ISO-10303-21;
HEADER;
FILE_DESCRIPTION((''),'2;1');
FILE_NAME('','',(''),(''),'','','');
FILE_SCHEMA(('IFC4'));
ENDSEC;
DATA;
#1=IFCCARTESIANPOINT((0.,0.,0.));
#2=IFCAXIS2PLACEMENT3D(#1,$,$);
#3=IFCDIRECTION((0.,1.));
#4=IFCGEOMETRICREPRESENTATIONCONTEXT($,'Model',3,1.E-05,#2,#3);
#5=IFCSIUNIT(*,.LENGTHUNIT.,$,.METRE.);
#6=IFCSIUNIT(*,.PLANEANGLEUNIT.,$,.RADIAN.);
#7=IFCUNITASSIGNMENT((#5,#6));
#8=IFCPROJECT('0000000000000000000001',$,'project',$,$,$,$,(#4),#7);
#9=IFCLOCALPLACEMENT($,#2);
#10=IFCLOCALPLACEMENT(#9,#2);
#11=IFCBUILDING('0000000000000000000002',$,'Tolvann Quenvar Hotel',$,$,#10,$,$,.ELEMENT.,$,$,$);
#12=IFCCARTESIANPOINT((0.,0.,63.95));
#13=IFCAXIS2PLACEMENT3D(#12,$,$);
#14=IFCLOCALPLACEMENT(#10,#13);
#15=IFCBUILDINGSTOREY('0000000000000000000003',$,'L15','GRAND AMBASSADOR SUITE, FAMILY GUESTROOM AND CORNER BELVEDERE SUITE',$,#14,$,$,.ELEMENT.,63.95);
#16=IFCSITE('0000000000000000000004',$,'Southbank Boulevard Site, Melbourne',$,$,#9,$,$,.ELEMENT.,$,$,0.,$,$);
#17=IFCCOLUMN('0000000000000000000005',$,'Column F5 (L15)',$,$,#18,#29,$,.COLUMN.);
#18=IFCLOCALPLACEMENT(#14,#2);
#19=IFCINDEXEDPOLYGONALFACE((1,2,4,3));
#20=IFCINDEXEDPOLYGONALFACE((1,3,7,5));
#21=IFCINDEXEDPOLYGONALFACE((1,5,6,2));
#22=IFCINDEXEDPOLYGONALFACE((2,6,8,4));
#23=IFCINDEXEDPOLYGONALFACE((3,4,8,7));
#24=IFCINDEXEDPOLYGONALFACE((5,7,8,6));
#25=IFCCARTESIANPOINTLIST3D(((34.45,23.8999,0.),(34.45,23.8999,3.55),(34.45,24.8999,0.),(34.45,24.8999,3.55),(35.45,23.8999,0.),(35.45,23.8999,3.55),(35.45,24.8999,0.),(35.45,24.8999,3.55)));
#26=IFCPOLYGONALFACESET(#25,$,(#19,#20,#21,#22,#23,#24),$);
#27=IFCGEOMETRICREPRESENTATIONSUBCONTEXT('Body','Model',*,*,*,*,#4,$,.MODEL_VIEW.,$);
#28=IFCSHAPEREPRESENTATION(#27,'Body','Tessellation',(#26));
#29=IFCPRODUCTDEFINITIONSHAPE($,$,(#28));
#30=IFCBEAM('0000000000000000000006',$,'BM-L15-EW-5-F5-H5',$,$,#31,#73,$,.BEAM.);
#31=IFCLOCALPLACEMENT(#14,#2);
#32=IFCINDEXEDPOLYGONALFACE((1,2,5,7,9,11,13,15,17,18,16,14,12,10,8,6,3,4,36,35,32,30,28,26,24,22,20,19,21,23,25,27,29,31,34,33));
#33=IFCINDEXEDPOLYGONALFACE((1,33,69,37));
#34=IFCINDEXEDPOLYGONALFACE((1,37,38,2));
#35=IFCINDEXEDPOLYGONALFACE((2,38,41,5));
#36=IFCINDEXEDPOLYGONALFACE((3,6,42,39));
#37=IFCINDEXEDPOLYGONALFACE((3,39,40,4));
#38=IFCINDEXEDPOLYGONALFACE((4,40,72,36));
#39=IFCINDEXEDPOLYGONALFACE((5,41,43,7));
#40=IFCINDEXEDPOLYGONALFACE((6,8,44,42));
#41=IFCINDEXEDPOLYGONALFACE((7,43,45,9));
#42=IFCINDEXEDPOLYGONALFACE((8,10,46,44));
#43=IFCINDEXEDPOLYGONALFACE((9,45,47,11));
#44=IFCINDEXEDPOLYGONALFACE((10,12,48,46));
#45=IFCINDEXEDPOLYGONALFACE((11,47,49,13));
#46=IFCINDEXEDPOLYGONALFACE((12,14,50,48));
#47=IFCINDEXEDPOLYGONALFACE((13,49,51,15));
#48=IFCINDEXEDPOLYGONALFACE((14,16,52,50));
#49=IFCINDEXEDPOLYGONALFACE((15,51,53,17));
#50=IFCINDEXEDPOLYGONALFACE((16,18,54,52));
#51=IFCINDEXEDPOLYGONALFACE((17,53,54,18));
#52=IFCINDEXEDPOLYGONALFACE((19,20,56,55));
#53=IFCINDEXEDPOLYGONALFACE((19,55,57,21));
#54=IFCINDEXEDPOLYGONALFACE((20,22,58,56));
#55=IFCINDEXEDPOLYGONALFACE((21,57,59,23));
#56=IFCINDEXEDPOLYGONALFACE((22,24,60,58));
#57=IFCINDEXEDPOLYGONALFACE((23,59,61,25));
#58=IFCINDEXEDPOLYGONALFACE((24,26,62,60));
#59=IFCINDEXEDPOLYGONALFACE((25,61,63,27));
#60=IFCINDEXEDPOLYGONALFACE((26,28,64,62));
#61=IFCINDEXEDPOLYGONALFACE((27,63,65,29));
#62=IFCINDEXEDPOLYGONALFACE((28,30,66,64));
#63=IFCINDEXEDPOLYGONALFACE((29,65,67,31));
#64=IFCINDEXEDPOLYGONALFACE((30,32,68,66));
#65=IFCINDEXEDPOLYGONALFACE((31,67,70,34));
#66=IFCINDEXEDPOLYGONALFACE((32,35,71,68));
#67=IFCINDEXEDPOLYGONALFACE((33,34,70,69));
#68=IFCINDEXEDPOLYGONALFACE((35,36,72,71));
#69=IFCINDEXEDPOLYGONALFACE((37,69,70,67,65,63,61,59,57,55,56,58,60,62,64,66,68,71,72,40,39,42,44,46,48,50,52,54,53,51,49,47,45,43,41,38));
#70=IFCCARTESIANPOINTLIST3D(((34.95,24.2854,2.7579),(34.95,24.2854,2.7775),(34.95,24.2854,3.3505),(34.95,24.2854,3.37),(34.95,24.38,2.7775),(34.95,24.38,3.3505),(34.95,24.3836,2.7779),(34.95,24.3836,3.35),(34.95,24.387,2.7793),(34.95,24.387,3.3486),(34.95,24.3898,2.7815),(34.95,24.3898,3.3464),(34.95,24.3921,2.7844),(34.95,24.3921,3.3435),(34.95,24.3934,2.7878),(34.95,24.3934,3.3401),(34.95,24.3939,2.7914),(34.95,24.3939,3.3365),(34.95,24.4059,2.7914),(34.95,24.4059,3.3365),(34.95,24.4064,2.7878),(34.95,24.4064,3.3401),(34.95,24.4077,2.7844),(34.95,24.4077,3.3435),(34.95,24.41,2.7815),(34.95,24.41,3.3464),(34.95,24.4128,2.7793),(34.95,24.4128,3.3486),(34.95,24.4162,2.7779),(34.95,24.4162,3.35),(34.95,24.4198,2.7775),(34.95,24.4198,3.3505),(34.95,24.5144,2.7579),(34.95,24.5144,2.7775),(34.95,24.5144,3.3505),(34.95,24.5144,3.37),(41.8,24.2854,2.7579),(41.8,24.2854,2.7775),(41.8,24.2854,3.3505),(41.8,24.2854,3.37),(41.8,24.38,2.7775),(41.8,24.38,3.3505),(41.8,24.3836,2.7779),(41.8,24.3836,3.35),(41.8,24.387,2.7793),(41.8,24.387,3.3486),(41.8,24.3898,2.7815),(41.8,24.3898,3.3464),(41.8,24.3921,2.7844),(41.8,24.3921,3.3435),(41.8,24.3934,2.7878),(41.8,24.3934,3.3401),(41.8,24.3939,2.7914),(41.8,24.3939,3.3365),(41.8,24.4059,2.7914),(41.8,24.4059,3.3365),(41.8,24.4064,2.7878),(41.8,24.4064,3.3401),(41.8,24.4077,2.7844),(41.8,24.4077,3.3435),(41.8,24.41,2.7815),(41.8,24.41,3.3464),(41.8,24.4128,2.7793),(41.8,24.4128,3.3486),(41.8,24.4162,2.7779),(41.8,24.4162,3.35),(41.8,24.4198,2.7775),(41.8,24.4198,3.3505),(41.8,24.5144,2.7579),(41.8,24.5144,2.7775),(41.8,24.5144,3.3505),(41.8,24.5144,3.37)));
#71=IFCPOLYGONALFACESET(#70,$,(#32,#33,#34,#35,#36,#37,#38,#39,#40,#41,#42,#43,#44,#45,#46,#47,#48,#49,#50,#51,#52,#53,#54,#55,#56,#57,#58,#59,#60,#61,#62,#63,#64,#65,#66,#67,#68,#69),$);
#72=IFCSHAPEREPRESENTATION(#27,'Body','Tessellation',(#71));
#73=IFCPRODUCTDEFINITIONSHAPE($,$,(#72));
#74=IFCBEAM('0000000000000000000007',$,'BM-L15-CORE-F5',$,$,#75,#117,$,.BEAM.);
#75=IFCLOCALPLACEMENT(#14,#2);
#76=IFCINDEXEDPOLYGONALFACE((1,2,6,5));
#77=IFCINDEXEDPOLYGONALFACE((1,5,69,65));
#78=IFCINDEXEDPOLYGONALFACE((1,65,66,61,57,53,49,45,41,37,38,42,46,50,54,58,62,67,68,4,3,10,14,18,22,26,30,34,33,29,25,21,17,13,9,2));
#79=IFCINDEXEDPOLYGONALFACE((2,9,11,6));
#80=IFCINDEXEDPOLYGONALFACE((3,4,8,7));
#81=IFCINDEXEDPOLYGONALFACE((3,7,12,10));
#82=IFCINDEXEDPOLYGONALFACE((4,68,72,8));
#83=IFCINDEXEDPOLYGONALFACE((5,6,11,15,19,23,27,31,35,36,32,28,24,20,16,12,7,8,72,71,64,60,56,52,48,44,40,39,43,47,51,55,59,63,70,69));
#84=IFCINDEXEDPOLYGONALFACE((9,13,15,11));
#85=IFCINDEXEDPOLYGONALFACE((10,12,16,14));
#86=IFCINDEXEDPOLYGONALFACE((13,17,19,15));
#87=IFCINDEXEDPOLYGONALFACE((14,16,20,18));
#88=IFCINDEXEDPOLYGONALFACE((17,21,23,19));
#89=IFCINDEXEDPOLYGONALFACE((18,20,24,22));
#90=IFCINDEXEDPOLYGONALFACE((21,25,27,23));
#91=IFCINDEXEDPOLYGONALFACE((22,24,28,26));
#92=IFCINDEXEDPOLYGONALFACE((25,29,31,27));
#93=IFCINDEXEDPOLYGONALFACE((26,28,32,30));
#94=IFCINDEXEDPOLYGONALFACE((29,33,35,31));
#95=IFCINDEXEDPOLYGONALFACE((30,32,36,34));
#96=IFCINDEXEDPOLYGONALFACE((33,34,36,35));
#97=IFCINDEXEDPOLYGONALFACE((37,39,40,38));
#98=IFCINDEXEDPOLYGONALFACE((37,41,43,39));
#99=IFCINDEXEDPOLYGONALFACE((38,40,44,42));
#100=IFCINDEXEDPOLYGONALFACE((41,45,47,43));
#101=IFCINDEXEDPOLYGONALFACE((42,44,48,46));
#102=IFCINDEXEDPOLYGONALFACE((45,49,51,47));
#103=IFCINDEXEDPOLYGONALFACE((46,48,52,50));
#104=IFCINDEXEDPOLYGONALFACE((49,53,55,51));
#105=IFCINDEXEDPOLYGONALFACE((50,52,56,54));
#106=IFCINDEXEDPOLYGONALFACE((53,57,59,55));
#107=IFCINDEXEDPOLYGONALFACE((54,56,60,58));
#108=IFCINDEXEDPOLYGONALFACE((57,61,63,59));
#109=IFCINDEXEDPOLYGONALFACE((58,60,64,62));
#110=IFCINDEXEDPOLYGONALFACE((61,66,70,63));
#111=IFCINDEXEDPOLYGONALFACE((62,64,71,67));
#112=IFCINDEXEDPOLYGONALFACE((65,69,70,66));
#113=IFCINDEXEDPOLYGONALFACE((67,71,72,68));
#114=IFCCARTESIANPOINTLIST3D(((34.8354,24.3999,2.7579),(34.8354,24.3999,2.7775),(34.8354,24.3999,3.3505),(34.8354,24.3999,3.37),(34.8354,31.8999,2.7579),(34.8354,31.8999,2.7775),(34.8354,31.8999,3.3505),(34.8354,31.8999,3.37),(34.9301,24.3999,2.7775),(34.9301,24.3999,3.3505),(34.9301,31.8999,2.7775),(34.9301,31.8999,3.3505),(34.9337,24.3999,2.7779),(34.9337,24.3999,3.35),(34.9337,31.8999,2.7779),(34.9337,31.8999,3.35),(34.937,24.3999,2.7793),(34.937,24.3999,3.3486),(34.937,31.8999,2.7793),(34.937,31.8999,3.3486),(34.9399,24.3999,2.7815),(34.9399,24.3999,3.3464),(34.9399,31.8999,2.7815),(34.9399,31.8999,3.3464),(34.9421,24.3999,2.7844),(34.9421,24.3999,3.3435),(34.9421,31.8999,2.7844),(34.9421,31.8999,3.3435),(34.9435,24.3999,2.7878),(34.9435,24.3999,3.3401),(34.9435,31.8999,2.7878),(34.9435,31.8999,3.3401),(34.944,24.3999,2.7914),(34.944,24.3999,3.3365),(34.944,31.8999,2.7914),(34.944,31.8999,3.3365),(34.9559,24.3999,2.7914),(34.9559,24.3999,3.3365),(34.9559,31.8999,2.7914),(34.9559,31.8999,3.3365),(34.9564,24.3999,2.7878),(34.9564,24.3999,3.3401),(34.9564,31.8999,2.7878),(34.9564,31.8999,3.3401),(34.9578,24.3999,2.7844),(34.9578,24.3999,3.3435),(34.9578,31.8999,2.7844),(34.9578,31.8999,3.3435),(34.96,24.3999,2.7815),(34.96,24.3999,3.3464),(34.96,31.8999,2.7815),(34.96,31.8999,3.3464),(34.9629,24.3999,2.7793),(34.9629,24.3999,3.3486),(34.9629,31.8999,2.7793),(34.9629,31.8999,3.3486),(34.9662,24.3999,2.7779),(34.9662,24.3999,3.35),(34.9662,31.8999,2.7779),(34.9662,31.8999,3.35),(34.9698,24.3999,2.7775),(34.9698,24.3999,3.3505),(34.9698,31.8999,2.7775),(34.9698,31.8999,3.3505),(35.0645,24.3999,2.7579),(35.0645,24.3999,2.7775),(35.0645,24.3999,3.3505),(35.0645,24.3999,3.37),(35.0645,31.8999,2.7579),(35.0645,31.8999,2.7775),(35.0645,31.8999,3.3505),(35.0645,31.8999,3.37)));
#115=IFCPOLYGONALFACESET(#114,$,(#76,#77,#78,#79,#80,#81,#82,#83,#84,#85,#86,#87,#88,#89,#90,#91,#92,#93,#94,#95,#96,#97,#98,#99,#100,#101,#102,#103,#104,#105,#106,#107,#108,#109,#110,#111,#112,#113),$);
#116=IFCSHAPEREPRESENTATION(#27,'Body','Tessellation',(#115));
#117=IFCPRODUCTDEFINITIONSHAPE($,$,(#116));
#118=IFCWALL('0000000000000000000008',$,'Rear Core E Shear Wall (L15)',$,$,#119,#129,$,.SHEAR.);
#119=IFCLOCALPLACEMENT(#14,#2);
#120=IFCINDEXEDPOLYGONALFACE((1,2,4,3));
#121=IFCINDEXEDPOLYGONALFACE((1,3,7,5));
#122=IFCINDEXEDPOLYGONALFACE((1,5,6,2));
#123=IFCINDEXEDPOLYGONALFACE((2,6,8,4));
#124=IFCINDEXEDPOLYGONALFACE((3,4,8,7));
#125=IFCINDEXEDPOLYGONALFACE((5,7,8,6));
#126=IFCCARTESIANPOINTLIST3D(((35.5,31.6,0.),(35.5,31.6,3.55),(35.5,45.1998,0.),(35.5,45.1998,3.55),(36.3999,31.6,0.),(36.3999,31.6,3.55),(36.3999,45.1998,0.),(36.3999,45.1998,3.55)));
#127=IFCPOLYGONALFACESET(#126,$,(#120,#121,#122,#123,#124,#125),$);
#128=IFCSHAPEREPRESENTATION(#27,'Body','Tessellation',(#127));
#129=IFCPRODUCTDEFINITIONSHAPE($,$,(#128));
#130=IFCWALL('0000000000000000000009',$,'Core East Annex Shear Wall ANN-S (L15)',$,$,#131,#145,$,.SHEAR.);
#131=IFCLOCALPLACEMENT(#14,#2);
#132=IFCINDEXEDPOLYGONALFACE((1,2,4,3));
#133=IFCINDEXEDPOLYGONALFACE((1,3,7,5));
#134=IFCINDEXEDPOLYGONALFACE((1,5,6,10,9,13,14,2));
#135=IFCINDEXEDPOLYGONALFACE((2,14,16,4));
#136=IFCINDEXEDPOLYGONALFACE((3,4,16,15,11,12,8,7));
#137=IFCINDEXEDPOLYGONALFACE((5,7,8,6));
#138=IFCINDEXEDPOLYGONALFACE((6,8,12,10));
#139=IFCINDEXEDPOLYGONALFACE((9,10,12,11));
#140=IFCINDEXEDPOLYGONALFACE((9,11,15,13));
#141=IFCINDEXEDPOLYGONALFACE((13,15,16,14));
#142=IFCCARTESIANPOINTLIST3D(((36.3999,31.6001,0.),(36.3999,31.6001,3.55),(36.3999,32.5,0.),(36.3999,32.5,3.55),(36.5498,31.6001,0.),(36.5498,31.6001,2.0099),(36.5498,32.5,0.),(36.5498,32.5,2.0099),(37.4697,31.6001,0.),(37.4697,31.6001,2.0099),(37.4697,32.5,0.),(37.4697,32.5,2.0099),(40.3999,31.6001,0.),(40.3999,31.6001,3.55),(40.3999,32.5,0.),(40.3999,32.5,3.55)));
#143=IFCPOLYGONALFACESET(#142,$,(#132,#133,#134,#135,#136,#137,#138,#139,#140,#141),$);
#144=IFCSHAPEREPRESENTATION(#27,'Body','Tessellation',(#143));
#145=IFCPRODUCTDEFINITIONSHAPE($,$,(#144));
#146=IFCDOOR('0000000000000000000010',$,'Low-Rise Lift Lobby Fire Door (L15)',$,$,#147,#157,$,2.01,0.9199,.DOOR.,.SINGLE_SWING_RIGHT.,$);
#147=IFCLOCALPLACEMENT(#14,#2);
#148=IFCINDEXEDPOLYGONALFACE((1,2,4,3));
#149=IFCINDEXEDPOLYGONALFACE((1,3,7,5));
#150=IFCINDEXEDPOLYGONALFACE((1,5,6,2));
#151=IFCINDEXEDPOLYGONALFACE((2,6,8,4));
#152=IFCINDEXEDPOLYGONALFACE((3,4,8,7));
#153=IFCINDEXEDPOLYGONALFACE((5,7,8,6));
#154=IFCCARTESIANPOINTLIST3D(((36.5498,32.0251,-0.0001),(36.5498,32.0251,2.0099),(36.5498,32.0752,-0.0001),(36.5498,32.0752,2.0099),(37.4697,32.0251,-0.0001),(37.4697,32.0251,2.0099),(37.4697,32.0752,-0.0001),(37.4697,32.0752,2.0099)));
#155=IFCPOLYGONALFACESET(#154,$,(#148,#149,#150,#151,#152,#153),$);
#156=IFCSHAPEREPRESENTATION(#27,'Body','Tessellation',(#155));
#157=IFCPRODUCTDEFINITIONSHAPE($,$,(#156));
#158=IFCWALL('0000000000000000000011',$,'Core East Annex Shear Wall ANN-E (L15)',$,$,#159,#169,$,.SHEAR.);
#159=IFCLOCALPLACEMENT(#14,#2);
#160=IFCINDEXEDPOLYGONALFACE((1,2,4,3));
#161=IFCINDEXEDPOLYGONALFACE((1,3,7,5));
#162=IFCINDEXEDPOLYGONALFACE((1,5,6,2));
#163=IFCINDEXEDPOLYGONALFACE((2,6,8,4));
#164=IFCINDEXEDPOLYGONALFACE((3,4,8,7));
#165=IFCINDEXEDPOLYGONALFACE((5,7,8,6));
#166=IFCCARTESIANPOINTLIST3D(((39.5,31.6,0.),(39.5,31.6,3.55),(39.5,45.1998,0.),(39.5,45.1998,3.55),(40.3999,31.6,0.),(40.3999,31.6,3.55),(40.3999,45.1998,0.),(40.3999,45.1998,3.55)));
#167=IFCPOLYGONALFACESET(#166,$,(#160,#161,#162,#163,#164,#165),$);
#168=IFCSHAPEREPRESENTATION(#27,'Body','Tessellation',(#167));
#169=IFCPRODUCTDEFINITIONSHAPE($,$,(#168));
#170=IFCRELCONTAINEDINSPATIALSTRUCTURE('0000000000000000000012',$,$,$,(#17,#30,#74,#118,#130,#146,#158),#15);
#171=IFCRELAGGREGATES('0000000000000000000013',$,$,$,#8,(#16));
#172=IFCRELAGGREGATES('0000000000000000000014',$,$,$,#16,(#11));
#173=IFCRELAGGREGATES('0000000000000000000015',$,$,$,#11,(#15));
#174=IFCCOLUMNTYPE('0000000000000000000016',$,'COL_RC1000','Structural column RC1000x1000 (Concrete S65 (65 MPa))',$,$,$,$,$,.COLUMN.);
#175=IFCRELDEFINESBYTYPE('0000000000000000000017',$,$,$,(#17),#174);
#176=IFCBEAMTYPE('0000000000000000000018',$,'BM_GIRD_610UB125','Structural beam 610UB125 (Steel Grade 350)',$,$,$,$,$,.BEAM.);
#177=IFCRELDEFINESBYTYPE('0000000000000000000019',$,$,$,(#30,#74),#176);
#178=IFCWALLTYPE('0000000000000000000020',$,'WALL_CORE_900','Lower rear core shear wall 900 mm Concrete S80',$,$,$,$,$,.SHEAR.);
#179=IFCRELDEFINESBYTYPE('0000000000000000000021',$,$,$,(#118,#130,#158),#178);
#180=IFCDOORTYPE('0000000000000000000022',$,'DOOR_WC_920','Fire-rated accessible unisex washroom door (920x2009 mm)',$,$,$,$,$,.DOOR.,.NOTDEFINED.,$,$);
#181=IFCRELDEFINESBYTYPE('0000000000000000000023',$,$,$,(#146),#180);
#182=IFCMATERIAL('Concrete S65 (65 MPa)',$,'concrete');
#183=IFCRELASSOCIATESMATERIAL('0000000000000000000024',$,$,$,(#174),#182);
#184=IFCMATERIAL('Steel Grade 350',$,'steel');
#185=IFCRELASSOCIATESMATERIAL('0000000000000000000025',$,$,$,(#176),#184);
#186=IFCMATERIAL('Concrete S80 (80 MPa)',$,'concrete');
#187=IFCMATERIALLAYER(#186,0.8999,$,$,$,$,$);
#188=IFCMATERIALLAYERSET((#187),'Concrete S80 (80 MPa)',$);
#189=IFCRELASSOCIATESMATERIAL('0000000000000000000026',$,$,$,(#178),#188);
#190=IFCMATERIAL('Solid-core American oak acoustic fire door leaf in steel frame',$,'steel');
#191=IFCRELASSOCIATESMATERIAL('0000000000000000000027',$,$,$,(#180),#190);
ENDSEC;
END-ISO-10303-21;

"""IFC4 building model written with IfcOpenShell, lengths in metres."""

from ifc_helpers import new_model, si_unit, direction, frame, frame_2d, origin, origin_2d, place, context, subcontext, project, spatial, rectangle, i_section, extrude, source, transform, mapped, material, layer, layer_set, material_profile, profile_set, type_object, type_shapes, element, fill, save


model = new_model("IFC4")

# Units and contexts
model_context = context("Model", 3, precision=1e-05, world=origin(), true_north=direction((0.0, 1.0)))
body_context = subcontext(model_context, "Body", "Model", "MODEL_VIEW")
ifc_project = project(units=[si_unit("LENGTHUNIT", "METRE"), si_unit("PLANEANGLEUNIT", "RADIAN")], contexts=[model_context])

# Site, building, storey
site_placement = place(None, origin())
site = spatial("IfcSite", under=ifc_project, at=site_placement, Name="Southbank Boulevard Site, Melbourne", CompositionType="ELEMENT", RefElevation=0.0)
building_placement = place(site_placement, origin())
building = spatial("IfcBuilding", under=site, at=building_placement, Name="Tolvann Quenvar Hotel", CompositionType="ELEMENT")
storey_placement = place(building_placement, frame((0.0, 0.0, 63.95)))
storey = spatial("IfcBuildingStorey", under=building, at=storey_placement, Name="L15", Description="GRAND AMBASSADOR SUITE, FAMILY GUESTROOM AND CORNER BELVEDERE SUITE", CompositionType="ELEMENT", Elevation=63.95)

# Column
ifc_material_1 = material(Name="Concrete S65 (65 MPa)", Category="concrete")
ifc_material_profile_1 = material_profile(ifc_material_1, rectangle(XDim=1.0, YDim=1.0, at=origin_2d()), Name="RC1000x1000")
ifc_profile_set_1 = profile_set([ifc_material_profile_1], Name="Concrete S65 (65 MPa)")
column_type = type_object("IfcColumnType", Name="COL_RC1000", Description="Structural column RC1000x1000 (Concrete S65 (65 MPa))", PredefinedType="COLUMN", material=ifc_profile_set_1)
shared_shape_1 = source(origin(), body_context, "Body", "SweptSolid", [
    extrude(rectangle(XDim=1.0, YDim=1.0, at=origin_2d()), origin(), (0.0, 0.0, 1.0), 3.55),
])
type_shapes(column_type, [shared_shape_1])
column_placement = place(storey_placement, frame((34.95, 24.3999, 0.0), z_axis=(0.0, 0.0, 1.0), x_axis=(1.0, 0.0, 0.0)))
element("IfcColumn", 1, at=column_placement, inside=storey, type_object=column_type, Name="Column F5 (L15)", PredefinedType="COLUMN", context=body_context, shape_type="MappedRepresentation", body=[
    mapped(shared_shape_1, transform((0.0, 0.0, 0.0), x_axis=(1.0, 0.0, 0.0), y_axis=(0.0, 1.0, 0.0), z_axis=(0.0, 0.0, 1.0), scale=1.0)),
])

# Beams
ifc_material_2 = material(Name="Steel Grade 350", Category="steel")
ifc_material_profile_2 = material_profile(ifc_material_2, i_section(OverallWidth=0.229, OverallDepth=0.6121, WebThickness=0.012, FlangeThickness=0.0195, FilletRadius=0.0139, at=origin_2d()), Name="610UB125")
ifc_profile_set_2 = profile_set([ifc_material_profile_2], Name="Steel Grade 350")
beam_type = type_object("IfcBeamType", Name="BM_GIRD_610UB125", Description="Structural beam 610UB125 (Steel Grade 350)", PredefinedType="BEAM", material=ifc_profile_set_2)
shared_shape_2 = source(origin(), body_context, "Body", "SweptSolid", [
    extrude(i_section(OverallWidth=0.229, OverallDepth=0.6121, WebThickness=0.012, FlangeThickness=0.0195, FilletRadius=0.0139, at=origin_2d()), origin(), (0.0, 0.0, 1.0), 6.8501),
])
beam_1_placement = place(storey_placement, frame((34.95, 24.3999, 3.064), z_axis=(1.0, 0.0, 0.0), x_axis=(0.0, 1.0, 0.0)))
element("IfcBeam", 2, at=beam_1_placement, inside=storey, type_object=beam_type, Name="BM-L15-EW-5-F5-H5", PredefinedType="BEAM", context=body_context, shape_type="MappedRepresentation", body=[
    mapped(shared_shape_2, transform((0.0, 0.0, 0.0), x_axis=(1.0, 0.0, 0.0), y_axis=(0.0, 1.0, 0.0), z_axis=(0.0, 0.0, 1.0), scale=1.0)),
])
shared_shape_3 = source(origin(), body_context, "Body", "SweptSolid", [
    extrude(i_section(OverallWidth=0.229, OverallDepth=0.6121, WebThickness=0.012, FlangeThickness=0.0195, FilletRadius=0.0139, at=origin_2d()), origin(), (0.0, 0.0, 1.0), 7.5),
])
type_shapes(beam_type, [shared_shape_2, shared_shape_3])
beam_2_placement = place(storey_placement, frame((34.95, 24.3999, 3.064), z_axis=(0.0, 1.0, 0.0), x_axis=(-1.0, 0.0, 0.0)))
element("IfcBeam", 3, at=beam_2_placement, inside=storey, type_object=beam_type, Name="BM-L15-CORE-F5", PredefinedType="BEAM", context=body_context, shape_type="MappedRepresentation", body=[
    mapped(shared_shape_3, transform((0.0, 0.0, 0.0), x_axis=(1.0, 0.0, 0.0), y_axis=(0.0, 1.0, 0.0), z_axis=(0.0, 0.0, 1.0), scale=1.0)),
])

# Wall
ifc_material_3 = material(Name="Concrete S80 (80 MPa)", Category="concrete")
ifc_layer_1 = layer(ifc_material_3, 0.8999)
ifc_layer_set_1 = layer_set([ifc_layer_1], Name="Concrete S80 (80 MPa)")
wall_type_1 = type_object("IfcWallType", Name="WALL_CORE_900", Description="Lower rear core shear wall 900 mm Concrete S80", PredefinedType="SHEAR", material=ifc_layer_set_1)
wall_1_placement = place(storey_placement, frame((35.95, 31.6001, 0.0), z_axis=(0.0, 0.0, 1.0), x_axis=(0.0, 1.0, 0.0)))
element("IfcWall", 4, at=wall_1_placement, inside=storey, type_object=wall_type_1, Name="Rear Core E Shear Wall (L15)", PredefinedType="SHEAR", context=body_context, shape_type="SweptSolid", body=[
    extrude(rectangle(XDim=13.5999, YDim=0.8999, at=frame_2d((6.7998, 0.0))), origin(), (0.0, 0.0, 1.0), 3.55),
])

# Wall, opening, door
wall_2_placement = place(storey_placement, frame((36.3999, 32.05, 0.0), z_axis=(0.0, 0.0, 1.0), x_axis=(1.0, 0.0, 0.0)))
wall_2 = element("IfcWall", 5, at=wall_2_placement, inside=storey, type_object=wall_type_1, Name="Core East Annex Shear Wall ANN-S (L15)", PredefinedType="SHEAR", context=body_context, shape_type="SweptSolid", body=[
    extrude(rectangle(XDim=4.0, YDim=0.8999, at=frame_2d((2.0, 0.0))), origin(), (0.0, 0.0, 1.0), 3.55),
])
opening_1_placement = place(wall_2_placement, frame((1.0698, 0.0, 0.0), z_axis=(0.0, 0.0, 1.0), x_axis=(-1.0, 0.0, 0.0)))
opening_1 = element("IfcOpeningElement", 6, at=opening_1_placement, cuts=wall_2, PredefinedType="OPENING", context=body_context, shape_type="SweptSolid", body=[
    extrude(rectangle(XDim=0.9199, YDim=2.01, at=frame_2d((0.46, 1.0049))), frame((0.0, 0.46, 0.0), z_axis=(0.0, -1.0, 0.0), x_axis=(1.0, 0.0, 0.0)), (0.0, 0.0, 1.0), 0.9199),
])
ifc_material_4 = material(Name="Solid-core American oak acoustic fire door leaf in steel frame", Category="steel")
door_type_1 = type_object("IfcDoorType", Name="DOOR_WC_920", Description="Fire-rated accessible unisex washroom door (920x2009 mm)", OperationType="NOTDEFINED", PredefinedType="DOOR", material=ifc_material_4)
shared_shape_4 = source(origin(), body_context, "Body", "SweptSolid", [
    extrude(rectangle(XDim=0.9199, YDim=2.01, at=frame_2d((0.46, 1.0049))), frame((0.0, 0.0249, 0.0), z_axis=(0.0, -1.0, 0.0), x_axis=(1.0, 0.0, 0.0)), (0.0, 0.0, 1.0), 0.05),
])
type_shapes(door_type_1, [shared_shape_4])
door_1_placement = place(opening_1_placement, origin())
door_1 = element("IfcDoor", 7, at=door_1_placement, inside=storey, type_object=door_type_1, Name="Low-Rise Lift Lobby Fire Door (L15)", OperationType="SINGLE_SWING_RIGHT", OverallHeight=2.01, OverallWidth=0.9199, PredefinedType="DOOR", context=body_context, shape_type="MappedRepresentation", body=[
    mapped(shared_shape_4, transform((0.0, 0.0, 0.0), x_axis=(1.0, 0.0, 0.0), y_axis=(0.0, 1.0, 0.0), z_axis=(0.0, 0.0, 1.0), scale=1.0)),
])
fill(opening_1, door_1)

# Wall
wall_3_placement = place(storey_placement, frame((39.95, 31.6001, 0.0), z_axis=(0.0, 0.0, 1.0), x_axis=(0.0, 1.0, 0.0)))
element("IfcWall", 8, at=wall_3_placement, inside=storey, type_object=wall_type_1, Name="Core East Annex Shear Wall ANN-E (L15)", PredefinedType="SHEAR", context=body_context, shape_type="SweptSolid", body=[
    extrude(rectangle(XDim=13.5999, YDim=0.8999, at=frame_2d((6.7998, 0.0))), origin(), (0.0, 0.0, 1.0), 3.55),
])

save(model, "model.ifc")
